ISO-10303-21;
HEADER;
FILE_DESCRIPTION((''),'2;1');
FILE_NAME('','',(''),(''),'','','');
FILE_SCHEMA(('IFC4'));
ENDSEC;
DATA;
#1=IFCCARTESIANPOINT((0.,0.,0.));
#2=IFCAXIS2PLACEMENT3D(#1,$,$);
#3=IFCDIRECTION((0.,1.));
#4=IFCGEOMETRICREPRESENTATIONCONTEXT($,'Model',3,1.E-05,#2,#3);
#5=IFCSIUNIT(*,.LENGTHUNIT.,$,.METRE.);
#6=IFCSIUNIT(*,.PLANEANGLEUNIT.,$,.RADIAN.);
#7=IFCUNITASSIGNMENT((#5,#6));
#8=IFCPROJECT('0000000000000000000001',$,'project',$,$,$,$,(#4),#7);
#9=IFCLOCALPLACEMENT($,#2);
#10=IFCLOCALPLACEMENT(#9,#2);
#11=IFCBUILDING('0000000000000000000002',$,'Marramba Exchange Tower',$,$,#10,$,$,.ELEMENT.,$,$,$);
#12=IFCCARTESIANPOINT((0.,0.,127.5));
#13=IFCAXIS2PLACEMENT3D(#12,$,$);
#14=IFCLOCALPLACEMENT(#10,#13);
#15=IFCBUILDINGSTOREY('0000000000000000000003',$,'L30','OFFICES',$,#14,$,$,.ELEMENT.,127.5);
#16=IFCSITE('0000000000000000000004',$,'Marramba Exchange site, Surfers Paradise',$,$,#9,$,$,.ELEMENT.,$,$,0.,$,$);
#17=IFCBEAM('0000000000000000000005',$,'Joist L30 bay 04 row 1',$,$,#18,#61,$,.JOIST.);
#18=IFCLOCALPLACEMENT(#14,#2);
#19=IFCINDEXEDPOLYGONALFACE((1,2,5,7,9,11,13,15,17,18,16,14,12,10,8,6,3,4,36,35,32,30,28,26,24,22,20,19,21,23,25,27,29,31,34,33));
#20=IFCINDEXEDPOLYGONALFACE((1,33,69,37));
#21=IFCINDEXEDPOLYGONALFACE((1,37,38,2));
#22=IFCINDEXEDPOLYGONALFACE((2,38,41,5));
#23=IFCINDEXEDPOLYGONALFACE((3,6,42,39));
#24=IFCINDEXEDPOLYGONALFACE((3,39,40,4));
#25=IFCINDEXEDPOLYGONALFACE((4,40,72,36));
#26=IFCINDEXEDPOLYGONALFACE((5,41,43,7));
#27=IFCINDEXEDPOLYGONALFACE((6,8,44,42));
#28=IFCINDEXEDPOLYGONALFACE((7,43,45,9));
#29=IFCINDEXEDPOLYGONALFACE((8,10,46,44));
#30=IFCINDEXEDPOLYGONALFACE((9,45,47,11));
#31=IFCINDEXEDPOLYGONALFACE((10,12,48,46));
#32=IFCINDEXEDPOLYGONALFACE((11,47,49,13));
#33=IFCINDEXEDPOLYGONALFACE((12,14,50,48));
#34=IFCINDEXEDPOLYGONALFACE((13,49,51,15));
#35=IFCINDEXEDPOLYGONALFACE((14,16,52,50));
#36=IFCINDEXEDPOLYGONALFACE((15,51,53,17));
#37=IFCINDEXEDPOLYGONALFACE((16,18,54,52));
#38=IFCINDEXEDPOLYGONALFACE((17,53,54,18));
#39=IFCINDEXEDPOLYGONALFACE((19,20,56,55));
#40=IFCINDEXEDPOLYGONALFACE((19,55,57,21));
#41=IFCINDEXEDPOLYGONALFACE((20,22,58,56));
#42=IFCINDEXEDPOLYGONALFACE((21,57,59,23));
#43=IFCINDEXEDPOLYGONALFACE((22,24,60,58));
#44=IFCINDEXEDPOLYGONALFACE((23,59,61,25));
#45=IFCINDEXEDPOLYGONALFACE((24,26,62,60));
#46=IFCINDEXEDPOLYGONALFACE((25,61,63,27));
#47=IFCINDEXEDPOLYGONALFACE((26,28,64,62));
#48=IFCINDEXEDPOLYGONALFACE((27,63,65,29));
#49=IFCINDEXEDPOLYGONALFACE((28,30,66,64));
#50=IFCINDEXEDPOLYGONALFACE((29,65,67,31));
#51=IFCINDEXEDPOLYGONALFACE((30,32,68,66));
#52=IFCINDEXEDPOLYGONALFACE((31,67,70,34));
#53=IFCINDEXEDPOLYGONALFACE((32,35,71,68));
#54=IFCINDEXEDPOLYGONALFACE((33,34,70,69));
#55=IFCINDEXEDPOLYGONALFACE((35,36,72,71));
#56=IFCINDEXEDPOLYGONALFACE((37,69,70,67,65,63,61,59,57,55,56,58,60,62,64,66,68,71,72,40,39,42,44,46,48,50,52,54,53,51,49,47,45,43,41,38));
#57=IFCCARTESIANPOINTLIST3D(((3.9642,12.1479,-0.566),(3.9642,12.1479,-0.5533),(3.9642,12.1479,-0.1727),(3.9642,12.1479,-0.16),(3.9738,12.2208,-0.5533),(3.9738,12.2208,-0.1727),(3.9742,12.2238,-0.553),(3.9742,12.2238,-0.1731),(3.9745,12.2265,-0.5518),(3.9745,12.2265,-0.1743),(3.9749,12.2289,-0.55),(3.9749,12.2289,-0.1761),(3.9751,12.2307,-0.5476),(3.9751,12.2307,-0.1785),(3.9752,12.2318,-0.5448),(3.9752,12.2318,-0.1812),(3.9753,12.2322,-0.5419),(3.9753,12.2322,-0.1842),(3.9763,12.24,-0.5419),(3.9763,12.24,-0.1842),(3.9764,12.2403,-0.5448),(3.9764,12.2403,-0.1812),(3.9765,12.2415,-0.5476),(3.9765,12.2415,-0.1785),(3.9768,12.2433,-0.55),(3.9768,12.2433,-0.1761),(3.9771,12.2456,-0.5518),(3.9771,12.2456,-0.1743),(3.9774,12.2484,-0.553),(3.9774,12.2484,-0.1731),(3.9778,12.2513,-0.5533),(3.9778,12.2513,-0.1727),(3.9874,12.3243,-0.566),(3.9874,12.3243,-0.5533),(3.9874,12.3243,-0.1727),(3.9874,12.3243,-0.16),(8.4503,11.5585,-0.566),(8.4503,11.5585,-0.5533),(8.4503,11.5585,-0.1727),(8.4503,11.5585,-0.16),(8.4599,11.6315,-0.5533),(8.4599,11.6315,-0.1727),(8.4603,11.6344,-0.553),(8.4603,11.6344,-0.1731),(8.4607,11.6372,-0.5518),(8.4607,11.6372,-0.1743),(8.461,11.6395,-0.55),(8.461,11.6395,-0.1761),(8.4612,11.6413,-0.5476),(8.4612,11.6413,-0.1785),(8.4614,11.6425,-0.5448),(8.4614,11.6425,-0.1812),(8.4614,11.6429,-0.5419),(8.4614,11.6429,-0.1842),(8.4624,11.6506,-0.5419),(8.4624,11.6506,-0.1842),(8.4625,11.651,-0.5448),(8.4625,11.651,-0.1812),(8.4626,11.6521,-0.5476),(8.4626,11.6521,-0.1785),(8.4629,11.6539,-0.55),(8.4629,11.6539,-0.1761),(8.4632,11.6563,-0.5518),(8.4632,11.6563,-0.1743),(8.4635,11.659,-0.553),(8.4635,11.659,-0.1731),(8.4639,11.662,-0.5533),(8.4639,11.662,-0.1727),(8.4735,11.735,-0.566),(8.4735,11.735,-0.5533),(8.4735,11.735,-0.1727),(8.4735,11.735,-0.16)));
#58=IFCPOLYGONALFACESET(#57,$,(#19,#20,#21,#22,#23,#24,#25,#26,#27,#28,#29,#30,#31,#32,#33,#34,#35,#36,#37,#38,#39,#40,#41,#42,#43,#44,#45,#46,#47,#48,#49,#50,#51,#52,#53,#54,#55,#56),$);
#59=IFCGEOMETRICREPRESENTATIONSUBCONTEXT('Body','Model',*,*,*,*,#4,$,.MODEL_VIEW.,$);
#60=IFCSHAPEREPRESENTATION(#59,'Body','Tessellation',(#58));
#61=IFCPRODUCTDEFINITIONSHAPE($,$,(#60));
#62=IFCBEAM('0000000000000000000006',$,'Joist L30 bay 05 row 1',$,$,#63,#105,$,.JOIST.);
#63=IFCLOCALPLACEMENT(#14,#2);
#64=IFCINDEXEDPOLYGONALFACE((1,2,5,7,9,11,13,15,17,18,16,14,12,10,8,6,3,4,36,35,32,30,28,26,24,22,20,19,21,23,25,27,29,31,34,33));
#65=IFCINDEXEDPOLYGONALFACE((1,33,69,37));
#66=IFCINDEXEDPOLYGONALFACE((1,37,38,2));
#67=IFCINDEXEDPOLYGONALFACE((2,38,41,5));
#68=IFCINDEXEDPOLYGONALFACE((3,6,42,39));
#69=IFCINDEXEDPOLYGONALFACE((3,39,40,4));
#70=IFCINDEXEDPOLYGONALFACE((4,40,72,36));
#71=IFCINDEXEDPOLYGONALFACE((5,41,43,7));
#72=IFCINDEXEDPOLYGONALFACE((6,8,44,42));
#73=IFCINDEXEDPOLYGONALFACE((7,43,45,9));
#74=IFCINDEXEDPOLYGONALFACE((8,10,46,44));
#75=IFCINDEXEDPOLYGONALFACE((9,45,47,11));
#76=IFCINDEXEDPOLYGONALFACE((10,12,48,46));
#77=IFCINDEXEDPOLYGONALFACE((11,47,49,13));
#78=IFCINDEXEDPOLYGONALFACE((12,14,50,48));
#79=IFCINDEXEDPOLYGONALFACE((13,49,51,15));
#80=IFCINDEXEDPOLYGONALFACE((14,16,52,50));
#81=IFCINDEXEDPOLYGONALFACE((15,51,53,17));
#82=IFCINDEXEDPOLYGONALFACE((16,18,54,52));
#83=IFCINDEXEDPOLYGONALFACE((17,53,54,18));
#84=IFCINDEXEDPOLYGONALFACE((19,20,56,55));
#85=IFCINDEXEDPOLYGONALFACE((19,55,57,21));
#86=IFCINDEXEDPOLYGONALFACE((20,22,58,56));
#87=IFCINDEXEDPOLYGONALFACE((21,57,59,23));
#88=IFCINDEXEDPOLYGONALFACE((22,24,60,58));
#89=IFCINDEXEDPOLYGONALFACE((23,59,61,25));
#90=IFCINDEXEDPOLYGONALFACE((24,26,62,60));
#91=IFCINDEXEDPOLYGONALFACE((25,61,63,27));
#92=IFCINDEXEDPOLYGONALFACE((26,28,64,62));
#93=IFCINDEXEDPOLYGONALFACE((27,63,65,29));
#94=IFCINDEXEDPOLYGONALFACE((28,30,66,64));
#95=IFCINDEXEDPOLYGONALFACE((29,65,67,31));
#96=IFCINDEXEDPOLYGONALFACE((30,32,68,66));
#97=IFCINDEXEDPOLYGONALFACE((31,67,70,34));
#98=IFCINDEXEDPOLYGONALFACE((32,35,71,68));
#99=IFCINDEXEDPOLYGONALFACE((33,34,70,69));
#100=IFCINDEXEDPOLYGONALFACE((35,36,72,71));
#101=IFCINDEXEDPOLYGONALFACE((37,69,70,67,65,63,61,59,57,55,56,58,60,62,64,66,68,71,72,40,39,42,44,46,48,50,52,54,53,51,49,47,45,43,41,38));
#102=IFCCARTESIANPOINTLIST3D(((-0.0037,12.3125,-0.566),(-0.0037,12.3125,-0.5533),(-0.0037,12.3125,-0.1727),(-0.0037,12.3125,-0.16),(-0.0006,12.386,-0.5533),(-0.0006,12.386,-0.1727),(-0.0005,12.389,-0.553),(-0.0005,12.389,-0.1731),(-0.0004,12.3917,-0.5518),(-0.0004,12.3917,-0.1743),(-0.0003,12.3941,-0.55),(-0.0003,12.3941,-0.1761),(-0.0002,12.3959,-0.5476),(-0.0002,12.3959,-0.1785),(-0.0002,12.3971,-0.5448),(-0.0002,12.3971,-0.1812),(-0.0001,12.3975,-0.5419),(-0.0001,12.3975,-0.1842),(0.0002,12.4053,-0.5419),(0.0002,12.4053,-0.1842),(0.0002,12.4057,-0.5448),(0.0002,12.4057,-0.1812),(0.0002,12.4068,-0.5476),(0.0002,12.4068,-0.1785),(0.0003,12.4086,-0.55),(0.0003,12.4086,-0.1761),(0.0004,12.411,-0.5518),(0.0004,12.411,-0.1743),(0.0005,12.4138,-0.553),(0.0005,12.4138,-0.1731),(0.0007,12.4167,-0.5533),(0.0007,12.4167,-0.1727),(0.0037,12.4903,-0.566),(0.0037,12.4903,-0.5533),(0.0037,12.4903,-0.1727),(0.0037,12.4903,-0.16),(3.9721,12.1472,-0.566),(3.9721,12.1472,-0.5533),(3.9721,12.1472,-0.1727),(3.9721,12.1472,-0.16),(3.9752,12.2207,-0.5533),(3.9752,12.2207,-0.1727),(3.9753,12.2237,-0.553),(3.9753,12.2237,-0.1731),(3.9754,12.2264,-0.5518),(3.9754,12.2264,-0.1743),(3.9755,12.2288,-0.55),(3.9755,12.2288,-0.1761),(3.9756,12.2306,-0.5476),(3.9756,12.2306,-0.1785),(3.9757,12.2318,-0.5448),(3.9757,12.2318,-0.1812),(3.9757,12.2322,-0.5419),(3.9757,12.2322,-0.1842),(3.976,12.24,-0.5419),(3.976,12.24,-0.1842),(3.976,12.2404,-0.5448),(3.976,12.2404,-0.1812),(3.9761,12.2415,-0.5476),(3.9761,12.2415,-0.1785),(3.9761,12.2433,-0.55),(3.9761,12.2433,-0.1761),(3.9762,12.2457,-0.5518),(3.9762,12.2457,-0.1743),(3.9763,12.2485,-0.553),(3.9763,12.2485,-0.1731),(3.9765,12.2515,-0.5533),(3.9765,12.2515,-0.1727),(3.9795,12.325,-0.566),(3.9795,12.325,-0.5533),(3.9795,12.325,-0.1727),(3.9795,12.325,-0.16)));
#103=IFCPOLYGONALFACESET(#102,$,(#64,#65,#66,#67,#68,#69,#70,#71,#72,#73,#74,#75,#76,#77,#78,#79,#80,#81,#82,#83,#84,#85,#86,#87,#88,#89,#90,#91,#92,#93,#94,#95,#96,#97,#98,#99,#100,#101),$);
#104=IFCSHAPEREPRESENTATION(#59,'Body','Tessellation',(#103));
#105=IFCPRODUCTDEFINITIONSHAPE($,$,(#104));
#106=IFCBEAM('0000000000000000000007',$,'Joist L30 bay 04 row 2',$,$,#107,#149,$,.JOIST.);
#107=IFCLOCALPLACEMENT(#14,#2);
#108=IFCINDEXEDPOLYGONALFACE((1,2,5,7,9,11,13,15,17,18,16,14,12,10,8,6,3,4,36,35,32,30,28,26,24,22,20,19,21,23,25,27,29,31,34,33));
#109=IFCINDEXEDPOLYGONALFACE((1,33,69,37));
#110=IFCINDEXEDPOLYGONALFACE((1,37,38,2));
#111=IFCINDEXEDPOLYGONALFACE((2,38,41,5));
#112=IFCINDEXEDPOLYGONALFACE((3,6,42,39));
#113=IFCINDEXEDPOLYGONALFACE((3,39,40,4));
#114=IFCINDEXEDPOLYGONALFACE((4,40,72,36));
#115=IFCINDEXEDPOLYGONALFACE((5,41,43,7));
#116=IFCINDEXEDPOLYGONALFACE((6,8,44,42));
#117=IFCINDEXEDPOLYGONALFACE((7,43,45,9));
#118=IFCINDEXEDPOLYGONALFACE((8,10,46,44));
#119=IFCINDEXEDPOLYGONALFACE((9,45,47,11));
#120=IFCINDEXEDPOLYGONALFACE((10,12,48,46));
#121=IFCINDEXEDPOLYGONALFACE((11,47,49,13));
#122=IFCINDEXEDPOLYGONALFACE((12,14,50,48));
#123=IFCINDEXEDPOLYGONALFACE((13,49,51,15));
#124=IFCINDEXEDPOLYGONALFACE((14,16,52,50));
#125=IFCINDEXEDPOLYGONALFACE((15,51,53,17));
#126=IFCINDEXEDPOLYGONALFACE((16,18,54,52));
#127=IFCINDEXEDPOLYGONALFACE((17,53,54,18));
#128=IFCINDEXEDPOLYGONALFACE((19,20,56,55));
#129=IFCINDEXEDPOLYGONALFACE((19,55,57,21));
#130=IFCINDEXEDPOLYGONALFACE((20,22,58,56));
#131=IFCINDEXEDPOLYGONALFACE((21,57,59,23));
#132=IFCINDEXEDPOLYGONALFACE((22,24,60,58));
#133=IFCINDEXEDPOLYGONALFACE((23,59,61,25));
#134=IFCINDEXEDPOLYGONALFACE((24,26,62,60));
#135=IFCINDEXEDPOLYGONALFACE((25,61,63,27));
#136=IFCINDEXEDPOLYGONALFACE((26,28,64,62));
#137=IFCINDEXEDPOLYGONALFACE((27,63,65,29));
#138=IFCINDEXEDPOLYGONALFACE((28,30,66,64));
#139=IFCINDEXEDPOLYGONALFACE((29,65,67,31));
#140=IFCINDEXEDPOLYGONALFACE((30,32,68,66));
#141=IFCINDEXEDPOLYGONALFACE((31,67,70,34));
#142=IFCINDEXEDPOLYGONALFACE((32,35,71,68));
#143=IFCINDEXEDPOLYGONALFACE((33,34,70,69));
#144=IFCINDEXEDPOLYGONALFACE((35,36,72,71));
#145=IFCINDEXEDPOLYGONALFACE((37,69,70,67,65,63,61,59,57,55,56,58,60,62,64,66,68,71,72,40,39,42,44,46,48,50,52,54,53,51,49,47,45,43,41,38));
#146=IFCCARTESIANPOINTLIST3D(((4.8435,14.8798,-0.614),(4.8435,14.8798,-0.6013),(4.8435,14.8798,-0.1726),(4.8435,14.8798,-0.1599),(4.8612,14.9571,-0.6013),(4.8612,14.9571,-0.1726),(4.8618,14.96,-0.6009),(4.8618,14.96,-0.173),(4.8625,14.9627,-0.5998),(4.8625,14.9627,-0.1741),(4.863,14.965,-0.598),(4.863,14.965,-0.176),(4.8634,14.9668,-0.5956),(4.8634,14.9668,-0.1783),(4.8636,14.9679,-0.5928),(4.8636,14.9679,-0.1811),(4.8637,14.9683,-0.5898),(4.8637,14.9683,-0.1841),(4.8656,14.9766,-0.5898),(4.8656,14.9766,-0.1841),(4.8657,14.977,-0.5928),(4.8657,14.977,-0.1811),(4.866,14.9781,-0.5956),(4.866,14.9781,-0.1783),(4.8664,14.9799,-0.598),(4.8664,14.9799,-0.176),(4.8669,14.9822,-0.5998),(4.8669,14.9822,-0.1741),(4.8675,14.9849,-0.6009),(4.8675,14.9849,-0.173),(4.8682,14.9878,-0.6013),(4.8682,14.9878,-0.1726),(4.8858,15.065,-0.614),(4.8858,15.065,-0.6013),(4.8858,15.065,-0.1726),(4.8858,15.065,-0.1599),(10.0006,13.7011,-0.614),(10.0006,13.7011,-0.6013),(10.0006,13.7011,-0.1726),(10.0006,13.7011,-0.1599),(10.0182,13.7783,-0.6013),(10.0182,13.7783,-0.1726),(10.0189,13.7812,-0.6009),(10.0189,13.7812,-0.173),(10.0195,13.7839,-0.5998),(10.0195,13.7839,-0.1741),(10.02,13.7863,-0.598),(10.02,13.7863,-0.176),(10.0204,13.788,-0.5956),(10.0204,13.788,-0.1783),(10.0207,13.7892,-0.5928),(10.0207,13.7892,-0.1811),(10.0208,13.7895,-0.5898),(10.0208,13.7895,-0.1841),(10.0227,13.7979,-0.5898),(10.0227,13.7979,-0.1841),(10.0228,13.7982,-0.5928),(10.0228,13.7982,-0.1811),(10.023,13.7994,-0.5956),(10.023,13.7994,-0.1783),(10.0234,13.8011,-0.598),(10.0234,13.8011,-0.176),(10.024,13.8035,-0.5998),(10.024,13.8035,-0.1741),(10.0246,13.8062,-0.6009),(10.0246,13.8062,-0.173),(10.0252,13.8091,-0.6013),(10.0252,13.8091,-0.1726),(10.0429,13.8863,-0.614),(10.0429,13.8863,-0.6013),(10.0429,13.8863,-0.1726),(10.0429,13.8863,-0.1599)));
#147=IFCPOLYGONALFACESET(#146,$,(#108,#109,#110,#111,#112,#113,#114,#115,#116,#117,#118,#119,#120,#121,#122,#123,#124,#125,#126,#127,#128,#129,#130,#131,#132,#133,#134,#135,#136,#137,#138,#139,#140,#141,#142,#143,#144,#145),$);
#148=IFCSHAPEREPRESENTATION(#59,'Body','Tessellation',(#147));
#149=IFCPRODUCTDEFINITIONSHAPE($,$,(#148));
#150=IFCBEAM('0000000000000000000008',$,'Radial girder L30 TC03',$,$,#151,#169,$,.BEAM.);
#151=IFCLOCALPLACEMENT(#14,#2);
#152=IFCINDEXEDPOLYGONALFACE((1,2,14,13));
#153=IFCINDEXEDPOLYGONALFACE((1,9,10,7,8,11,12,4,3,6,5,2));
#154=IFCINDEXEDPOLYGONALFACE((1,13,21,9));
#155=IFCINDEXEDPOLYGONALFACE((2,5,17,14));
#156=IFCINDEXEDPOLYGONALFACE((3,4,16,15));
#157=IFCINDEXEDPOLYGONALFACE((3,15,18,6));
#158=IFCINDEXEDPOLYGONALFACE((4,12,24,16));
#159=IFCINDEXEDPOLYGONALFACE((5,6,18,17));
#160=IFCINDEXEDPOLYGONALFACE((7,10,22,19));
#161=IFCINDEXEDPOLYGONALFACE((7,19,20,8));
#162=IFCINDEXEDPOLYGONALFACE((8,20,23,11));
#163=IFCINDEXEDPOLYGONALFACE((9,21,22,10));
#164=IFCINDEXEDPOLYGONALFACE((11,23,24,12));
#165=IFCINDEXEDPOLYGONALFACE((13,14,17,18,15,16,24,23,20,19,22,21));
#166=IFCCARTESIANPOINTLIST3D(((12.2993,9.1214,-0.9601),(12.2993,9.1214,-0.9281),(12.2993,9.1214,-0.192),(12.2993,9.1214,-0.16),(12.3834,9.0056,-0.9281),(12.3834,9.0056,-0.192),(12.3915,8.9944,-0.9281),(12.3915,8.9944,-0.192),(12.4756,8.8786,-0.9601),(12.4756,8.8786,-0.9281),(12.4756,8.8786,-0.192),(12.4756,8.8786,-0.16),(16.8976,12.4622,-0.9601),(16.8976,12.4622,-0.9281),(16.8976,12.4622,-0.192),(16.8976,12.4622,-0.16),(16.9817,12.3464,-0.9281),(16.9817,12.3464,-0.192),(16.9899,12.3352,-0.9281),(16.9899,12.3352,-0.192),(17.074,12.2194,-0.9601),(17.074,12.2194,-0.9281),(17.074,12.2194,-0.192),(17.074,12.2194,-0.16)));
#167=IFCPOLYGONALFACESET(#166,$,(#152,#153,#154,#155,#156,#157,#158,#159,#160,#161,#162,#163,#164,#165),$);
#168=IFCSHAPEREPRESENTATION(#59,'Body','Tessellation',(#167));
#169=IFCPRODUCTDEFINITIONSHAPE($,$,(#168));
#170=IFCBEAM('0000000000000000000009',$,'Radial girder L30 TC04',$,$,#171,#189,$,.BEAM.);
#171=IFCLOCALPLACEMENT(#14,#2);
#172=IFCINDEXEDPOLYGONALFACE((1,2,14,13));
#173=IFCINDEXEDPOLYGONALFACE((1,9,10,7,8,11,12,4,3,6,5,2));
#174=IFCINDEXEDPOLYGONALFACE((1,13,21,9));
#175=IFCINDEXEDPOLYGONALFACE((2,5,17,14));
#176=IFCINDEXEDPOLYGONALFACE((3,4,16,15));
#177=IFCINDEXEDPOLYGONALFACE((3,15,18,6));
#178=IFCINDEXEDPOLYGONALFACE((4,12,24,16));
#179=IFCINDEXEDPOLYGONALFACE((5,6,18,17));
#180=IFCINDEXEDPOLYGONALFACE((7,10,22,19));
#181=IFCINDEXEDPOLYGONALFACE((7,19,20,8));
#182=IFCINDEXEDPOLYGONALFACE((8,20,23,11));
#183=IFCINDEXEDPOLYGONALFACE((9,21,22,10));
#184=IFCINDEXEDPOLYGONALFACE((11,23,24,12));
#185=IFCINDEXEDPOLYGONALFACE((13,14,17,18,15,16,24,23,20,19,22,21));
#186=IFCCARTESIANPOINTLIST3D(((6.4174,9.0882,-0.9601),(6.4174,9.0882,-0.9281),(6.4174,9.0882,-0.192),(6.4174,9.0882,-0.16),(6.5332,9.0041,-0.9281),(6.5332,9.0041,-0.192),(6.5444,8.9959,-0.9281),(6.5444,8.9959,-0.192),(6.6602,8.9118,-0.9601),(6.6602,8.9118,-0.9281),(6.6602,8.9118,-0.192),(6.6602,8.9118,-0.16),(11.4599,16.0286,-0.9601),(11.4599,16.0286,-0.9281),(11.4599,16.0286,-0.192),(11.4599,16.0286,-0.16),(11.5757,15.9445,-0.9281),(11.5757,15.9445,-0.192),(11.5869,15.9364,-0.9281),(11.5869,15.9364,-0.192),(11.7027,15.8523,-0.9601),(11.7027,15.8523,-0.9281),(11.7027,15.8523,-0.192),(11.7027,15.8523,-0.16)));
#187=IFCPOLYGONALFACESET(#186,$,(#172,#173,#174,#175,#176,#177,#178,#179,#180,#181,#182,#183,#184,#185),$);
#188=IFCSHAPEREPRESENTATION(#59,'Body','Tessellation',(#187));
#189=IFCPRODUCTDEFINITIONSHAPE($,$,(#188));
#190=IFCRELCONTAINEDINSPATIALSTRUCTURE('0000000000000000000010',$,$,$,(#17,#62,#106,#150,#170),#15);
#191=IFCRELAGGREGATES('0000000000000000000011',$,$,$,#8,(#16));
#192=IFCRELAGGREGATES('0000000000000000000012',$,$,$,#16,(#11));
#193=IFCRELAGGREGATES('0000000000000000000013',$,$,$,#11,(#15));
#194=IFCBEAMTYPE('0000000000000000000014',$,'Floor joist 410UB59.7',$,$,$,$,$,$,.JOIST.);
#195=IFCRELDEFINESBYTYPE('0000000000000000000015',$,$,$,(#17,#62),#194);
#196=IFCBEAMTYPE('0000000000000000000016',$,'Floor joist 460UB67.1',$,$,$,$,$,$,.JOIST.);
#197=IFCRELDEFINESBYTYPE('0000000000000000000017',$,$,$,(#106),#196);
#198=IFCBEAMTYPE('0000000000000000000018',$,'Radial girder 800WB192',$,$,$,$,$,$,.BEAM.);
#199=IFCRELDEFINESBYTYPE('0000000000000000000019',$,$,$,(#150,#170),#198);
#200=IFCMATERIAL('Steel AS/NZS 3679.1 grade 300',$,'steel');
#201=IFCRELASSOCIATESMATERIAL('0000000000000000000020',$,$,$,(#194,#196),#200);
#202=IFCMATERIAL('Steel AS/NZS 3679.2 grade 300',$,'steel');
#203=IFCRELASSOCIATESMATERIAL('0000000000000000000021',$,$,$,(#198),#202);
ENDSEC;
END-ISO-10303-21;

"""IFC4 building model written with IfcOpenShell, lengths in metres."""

from ifc_helpers import new_model, si_unit, direction, frame, origin, origin_2d, place, context, subcontext, project, spatial, i_section, extrude, material, material_profile, profile_set, type_object, element, save


model = new_model("IFC4")

# Units and contexts
model_context = context("Model", 3, precision=1e-05, world=origin(), true_north=direction((0.0, 1.0)))
body_context = subcontext(model_context, "Body", "Model", "MODEL_VIEW")
ifc_project = project(units=[si_unit("LENGTHUNIT", "METRE"), si_unit("PLANEANGLEUNIT", "RADIAN")], contexts=[model_context])

# Site, building, storey
site_placement = place(None, origin())
site = spatial("IfcSite", under=ifc_project, at=site_placement, Name="Marramba Exchange site, Surfers Paradise", CompositionType="ELEMENT", RefElevation=0.0)
building_placement = place(site_placement, origin())
building = spatial("IfcBuilding", under=site, at=building_placement, Name="Marramba Exchange Tower", CompositionType="ELEMENT")
storey_placement = place(building_placement, frame((0.0, 0.0, 127.5)))
storey = spatial("IfcBuildingStorey", under=building, at=storey_placement, Name="L30", Description="OFFICES", CompositionType="ELEMENT", Elevation=127.5)

# Beams
ifc_material_1 = material(Name="Steel AS/NZS 3679.1 grade 300", Category="steel")
ifc_material_profile_1 = material_profile(ifc_material_1, i_section(OverallWidth=0.178, OverallDepth=0.406, WebThickness=0.0078, FlangeThickness=0.0127, FilletRadius=0.0115, at=origin_2d()), Name="410UB59.7")
ifc_profile_set_1 = profile_set([ifc_material_profile_1], Name="Steel AS/NZS 3679.1 grade 300")
beam_type_1 = type_object("IfcBeamType", Name="Floor joist 410UB59.7", PredefinedType="JOIST", material=ifc_profile_set_1)
beam_1_placement = place(storey_placement, frame((8.4619, 11.6467, -0.363), z_axis=(-0.991481, 0.130255, 0.0), x_axis=(-0.130255, -0.991481, 0.0)))
element("IfcBeam", 1, at=beam_1_placement, inside=storey, type_object=beam_type_1, Name="Joist L30 bay 04 row 1", PredefinedType="JOIST", context=body_context, shape_type="SweptSolid", body=[
    extrude(i_section(OverallWidth=0.178, OverallDepth=0.406, WebThickness=0.0078, FlangeThickness=0.0127, FilletRadius=0.0115, at=origin_2d()), origin(), (0.0, 0.0, 1.0), 4.5247),
])
beam_2_placement = place(storey_placement, frame((3.9758, 12.2361, -0.363), z_axis=(-0.999137, 0.041536, 0.0), x_axis=(-0.041536, -0.999137, 0.0)))
element("IfcBeam", 2, at=beam_2_placement, inside=storey, type_object=beam_type_1, Name="Joist L30 bay 05 row 1", PredefinedType="JOIST", context=body_context, shape_type="SweptSolid", body=[
    extrude(i_section(OverallWidth=0.178, OverallDepth=0.406, WebThickness=0.0078, FlangeThickness=0.0127, FilletRadius=0.0115, at=origin_2d()), origin(), (0.0, 0.0, 1.0), 3.9792),
])
ifc_material_profile_2 = material_profile(ifc_material_1, i_section(OverallWidth=0.1899, OverallDepth=0.4541, WebThickness=0.0085, FlangeThickness=0.0127, FilletRadius=0.0115, at=origin_2d()), Name="460UB67.1")
ifc_profile_set_2 = profile_set([ifc_material_profile_2], Name="Steel AS/NZS 3679.1 grade 300")
beam_type_2 = type_object("IfcBeamType", Name="Floor joist 460UB67.1", PredefinedType="JOIST", material=ifc_profile_set_2)
beam_3_placement = place(storey_placement, frame((10.0217, 13.7937, -0.387), z_axis=(-0.97486, 0.22282, 0.0), x_axis=(-0.22282, -0.97486, 0.0)))
element("IfcBeam", 3, at=beam_3_placement, inside=storey, type_object=beam_type_2, Name="Joist L30 bay 04 row 2", PredefinedType="JOIST", context=body_context, shape_type="SweptSolid", body=[
    extrude(i_section(OverallWidth=0.1899, OverallDepth=0.4541, WebThickness=0.0085, FlangeThickness=0.0127, FilletRadius=0.0115, at=origin_2d()), origin(), (0.0, 0.0, 1.0), 5.29),
])
ifc_material_2 = material(Name="Steel AS/NZS 3679.2 grade 300", Category="steel")
ifc_material_profile_3 = material_profile(ifc_material_2, i_section(OverallWidth=0.3, OverallDepth=0.8, WebThickness=0.0139, FlangeThickness=0.032, at=origin_2d()), Name="800WB192")
ifc_profile_set_3 = profile_set([ifc_material_profile_3], Name="Steel AS/NZS 3679.2 grade 300")
beam_type_3 = type_object("IfcBeamType", Name="Radial girder 800WB192", PredefinedType="BEAM", material=ifc_profile_set_3)
beam_4_placement = place(storey_placement, frame((12.3875, 9.0, -0.5601), z_axis=(0.809026, 0.587773, 0.0), x_axis=(-0.587773, 0.809026, 0.0)))
element("IfcBeam", 4, at=beam_4_placement, inside=storey, type_object=beam_type_3, Name="Radial girder L30 TC03", PredefinedType="BEAM", context=body_context, shape_type="SweptSolid", body=[
    extrude(i_section(OverallWidth=0.3, OverallDepth=0.8, WebThickness=0.0139, FlangeThickness=0.032, at=origin_2d()), origin(), (0.0, 0.0, 1.0), 5.6838),
])
beam_5_placement = place(storey_placement, frame((6.5388, 9.0, -0.5601), z_axis=(0.587782, 0.809019, 0.0), x_axis=(-0.809019, 0.587782, 0.0)))
element("IfcBeam", 5, at=beam_5_placement, inside=storey, type_object=beam_type_3, Name="Radial girder L30 TC04", PredefinedType="BEAM", context=body_context, shape_type="SweptSolid", body=[
    extrude(i_section(OverallWidth=0.3, OverallDepth=0.8, WebThickness=0.0139, FlangeThickness=0.032, at=origin_2d()), origin(), (0.0, 0.0, 1.0), 8.5789),
])

save(model, "model.ifc")
